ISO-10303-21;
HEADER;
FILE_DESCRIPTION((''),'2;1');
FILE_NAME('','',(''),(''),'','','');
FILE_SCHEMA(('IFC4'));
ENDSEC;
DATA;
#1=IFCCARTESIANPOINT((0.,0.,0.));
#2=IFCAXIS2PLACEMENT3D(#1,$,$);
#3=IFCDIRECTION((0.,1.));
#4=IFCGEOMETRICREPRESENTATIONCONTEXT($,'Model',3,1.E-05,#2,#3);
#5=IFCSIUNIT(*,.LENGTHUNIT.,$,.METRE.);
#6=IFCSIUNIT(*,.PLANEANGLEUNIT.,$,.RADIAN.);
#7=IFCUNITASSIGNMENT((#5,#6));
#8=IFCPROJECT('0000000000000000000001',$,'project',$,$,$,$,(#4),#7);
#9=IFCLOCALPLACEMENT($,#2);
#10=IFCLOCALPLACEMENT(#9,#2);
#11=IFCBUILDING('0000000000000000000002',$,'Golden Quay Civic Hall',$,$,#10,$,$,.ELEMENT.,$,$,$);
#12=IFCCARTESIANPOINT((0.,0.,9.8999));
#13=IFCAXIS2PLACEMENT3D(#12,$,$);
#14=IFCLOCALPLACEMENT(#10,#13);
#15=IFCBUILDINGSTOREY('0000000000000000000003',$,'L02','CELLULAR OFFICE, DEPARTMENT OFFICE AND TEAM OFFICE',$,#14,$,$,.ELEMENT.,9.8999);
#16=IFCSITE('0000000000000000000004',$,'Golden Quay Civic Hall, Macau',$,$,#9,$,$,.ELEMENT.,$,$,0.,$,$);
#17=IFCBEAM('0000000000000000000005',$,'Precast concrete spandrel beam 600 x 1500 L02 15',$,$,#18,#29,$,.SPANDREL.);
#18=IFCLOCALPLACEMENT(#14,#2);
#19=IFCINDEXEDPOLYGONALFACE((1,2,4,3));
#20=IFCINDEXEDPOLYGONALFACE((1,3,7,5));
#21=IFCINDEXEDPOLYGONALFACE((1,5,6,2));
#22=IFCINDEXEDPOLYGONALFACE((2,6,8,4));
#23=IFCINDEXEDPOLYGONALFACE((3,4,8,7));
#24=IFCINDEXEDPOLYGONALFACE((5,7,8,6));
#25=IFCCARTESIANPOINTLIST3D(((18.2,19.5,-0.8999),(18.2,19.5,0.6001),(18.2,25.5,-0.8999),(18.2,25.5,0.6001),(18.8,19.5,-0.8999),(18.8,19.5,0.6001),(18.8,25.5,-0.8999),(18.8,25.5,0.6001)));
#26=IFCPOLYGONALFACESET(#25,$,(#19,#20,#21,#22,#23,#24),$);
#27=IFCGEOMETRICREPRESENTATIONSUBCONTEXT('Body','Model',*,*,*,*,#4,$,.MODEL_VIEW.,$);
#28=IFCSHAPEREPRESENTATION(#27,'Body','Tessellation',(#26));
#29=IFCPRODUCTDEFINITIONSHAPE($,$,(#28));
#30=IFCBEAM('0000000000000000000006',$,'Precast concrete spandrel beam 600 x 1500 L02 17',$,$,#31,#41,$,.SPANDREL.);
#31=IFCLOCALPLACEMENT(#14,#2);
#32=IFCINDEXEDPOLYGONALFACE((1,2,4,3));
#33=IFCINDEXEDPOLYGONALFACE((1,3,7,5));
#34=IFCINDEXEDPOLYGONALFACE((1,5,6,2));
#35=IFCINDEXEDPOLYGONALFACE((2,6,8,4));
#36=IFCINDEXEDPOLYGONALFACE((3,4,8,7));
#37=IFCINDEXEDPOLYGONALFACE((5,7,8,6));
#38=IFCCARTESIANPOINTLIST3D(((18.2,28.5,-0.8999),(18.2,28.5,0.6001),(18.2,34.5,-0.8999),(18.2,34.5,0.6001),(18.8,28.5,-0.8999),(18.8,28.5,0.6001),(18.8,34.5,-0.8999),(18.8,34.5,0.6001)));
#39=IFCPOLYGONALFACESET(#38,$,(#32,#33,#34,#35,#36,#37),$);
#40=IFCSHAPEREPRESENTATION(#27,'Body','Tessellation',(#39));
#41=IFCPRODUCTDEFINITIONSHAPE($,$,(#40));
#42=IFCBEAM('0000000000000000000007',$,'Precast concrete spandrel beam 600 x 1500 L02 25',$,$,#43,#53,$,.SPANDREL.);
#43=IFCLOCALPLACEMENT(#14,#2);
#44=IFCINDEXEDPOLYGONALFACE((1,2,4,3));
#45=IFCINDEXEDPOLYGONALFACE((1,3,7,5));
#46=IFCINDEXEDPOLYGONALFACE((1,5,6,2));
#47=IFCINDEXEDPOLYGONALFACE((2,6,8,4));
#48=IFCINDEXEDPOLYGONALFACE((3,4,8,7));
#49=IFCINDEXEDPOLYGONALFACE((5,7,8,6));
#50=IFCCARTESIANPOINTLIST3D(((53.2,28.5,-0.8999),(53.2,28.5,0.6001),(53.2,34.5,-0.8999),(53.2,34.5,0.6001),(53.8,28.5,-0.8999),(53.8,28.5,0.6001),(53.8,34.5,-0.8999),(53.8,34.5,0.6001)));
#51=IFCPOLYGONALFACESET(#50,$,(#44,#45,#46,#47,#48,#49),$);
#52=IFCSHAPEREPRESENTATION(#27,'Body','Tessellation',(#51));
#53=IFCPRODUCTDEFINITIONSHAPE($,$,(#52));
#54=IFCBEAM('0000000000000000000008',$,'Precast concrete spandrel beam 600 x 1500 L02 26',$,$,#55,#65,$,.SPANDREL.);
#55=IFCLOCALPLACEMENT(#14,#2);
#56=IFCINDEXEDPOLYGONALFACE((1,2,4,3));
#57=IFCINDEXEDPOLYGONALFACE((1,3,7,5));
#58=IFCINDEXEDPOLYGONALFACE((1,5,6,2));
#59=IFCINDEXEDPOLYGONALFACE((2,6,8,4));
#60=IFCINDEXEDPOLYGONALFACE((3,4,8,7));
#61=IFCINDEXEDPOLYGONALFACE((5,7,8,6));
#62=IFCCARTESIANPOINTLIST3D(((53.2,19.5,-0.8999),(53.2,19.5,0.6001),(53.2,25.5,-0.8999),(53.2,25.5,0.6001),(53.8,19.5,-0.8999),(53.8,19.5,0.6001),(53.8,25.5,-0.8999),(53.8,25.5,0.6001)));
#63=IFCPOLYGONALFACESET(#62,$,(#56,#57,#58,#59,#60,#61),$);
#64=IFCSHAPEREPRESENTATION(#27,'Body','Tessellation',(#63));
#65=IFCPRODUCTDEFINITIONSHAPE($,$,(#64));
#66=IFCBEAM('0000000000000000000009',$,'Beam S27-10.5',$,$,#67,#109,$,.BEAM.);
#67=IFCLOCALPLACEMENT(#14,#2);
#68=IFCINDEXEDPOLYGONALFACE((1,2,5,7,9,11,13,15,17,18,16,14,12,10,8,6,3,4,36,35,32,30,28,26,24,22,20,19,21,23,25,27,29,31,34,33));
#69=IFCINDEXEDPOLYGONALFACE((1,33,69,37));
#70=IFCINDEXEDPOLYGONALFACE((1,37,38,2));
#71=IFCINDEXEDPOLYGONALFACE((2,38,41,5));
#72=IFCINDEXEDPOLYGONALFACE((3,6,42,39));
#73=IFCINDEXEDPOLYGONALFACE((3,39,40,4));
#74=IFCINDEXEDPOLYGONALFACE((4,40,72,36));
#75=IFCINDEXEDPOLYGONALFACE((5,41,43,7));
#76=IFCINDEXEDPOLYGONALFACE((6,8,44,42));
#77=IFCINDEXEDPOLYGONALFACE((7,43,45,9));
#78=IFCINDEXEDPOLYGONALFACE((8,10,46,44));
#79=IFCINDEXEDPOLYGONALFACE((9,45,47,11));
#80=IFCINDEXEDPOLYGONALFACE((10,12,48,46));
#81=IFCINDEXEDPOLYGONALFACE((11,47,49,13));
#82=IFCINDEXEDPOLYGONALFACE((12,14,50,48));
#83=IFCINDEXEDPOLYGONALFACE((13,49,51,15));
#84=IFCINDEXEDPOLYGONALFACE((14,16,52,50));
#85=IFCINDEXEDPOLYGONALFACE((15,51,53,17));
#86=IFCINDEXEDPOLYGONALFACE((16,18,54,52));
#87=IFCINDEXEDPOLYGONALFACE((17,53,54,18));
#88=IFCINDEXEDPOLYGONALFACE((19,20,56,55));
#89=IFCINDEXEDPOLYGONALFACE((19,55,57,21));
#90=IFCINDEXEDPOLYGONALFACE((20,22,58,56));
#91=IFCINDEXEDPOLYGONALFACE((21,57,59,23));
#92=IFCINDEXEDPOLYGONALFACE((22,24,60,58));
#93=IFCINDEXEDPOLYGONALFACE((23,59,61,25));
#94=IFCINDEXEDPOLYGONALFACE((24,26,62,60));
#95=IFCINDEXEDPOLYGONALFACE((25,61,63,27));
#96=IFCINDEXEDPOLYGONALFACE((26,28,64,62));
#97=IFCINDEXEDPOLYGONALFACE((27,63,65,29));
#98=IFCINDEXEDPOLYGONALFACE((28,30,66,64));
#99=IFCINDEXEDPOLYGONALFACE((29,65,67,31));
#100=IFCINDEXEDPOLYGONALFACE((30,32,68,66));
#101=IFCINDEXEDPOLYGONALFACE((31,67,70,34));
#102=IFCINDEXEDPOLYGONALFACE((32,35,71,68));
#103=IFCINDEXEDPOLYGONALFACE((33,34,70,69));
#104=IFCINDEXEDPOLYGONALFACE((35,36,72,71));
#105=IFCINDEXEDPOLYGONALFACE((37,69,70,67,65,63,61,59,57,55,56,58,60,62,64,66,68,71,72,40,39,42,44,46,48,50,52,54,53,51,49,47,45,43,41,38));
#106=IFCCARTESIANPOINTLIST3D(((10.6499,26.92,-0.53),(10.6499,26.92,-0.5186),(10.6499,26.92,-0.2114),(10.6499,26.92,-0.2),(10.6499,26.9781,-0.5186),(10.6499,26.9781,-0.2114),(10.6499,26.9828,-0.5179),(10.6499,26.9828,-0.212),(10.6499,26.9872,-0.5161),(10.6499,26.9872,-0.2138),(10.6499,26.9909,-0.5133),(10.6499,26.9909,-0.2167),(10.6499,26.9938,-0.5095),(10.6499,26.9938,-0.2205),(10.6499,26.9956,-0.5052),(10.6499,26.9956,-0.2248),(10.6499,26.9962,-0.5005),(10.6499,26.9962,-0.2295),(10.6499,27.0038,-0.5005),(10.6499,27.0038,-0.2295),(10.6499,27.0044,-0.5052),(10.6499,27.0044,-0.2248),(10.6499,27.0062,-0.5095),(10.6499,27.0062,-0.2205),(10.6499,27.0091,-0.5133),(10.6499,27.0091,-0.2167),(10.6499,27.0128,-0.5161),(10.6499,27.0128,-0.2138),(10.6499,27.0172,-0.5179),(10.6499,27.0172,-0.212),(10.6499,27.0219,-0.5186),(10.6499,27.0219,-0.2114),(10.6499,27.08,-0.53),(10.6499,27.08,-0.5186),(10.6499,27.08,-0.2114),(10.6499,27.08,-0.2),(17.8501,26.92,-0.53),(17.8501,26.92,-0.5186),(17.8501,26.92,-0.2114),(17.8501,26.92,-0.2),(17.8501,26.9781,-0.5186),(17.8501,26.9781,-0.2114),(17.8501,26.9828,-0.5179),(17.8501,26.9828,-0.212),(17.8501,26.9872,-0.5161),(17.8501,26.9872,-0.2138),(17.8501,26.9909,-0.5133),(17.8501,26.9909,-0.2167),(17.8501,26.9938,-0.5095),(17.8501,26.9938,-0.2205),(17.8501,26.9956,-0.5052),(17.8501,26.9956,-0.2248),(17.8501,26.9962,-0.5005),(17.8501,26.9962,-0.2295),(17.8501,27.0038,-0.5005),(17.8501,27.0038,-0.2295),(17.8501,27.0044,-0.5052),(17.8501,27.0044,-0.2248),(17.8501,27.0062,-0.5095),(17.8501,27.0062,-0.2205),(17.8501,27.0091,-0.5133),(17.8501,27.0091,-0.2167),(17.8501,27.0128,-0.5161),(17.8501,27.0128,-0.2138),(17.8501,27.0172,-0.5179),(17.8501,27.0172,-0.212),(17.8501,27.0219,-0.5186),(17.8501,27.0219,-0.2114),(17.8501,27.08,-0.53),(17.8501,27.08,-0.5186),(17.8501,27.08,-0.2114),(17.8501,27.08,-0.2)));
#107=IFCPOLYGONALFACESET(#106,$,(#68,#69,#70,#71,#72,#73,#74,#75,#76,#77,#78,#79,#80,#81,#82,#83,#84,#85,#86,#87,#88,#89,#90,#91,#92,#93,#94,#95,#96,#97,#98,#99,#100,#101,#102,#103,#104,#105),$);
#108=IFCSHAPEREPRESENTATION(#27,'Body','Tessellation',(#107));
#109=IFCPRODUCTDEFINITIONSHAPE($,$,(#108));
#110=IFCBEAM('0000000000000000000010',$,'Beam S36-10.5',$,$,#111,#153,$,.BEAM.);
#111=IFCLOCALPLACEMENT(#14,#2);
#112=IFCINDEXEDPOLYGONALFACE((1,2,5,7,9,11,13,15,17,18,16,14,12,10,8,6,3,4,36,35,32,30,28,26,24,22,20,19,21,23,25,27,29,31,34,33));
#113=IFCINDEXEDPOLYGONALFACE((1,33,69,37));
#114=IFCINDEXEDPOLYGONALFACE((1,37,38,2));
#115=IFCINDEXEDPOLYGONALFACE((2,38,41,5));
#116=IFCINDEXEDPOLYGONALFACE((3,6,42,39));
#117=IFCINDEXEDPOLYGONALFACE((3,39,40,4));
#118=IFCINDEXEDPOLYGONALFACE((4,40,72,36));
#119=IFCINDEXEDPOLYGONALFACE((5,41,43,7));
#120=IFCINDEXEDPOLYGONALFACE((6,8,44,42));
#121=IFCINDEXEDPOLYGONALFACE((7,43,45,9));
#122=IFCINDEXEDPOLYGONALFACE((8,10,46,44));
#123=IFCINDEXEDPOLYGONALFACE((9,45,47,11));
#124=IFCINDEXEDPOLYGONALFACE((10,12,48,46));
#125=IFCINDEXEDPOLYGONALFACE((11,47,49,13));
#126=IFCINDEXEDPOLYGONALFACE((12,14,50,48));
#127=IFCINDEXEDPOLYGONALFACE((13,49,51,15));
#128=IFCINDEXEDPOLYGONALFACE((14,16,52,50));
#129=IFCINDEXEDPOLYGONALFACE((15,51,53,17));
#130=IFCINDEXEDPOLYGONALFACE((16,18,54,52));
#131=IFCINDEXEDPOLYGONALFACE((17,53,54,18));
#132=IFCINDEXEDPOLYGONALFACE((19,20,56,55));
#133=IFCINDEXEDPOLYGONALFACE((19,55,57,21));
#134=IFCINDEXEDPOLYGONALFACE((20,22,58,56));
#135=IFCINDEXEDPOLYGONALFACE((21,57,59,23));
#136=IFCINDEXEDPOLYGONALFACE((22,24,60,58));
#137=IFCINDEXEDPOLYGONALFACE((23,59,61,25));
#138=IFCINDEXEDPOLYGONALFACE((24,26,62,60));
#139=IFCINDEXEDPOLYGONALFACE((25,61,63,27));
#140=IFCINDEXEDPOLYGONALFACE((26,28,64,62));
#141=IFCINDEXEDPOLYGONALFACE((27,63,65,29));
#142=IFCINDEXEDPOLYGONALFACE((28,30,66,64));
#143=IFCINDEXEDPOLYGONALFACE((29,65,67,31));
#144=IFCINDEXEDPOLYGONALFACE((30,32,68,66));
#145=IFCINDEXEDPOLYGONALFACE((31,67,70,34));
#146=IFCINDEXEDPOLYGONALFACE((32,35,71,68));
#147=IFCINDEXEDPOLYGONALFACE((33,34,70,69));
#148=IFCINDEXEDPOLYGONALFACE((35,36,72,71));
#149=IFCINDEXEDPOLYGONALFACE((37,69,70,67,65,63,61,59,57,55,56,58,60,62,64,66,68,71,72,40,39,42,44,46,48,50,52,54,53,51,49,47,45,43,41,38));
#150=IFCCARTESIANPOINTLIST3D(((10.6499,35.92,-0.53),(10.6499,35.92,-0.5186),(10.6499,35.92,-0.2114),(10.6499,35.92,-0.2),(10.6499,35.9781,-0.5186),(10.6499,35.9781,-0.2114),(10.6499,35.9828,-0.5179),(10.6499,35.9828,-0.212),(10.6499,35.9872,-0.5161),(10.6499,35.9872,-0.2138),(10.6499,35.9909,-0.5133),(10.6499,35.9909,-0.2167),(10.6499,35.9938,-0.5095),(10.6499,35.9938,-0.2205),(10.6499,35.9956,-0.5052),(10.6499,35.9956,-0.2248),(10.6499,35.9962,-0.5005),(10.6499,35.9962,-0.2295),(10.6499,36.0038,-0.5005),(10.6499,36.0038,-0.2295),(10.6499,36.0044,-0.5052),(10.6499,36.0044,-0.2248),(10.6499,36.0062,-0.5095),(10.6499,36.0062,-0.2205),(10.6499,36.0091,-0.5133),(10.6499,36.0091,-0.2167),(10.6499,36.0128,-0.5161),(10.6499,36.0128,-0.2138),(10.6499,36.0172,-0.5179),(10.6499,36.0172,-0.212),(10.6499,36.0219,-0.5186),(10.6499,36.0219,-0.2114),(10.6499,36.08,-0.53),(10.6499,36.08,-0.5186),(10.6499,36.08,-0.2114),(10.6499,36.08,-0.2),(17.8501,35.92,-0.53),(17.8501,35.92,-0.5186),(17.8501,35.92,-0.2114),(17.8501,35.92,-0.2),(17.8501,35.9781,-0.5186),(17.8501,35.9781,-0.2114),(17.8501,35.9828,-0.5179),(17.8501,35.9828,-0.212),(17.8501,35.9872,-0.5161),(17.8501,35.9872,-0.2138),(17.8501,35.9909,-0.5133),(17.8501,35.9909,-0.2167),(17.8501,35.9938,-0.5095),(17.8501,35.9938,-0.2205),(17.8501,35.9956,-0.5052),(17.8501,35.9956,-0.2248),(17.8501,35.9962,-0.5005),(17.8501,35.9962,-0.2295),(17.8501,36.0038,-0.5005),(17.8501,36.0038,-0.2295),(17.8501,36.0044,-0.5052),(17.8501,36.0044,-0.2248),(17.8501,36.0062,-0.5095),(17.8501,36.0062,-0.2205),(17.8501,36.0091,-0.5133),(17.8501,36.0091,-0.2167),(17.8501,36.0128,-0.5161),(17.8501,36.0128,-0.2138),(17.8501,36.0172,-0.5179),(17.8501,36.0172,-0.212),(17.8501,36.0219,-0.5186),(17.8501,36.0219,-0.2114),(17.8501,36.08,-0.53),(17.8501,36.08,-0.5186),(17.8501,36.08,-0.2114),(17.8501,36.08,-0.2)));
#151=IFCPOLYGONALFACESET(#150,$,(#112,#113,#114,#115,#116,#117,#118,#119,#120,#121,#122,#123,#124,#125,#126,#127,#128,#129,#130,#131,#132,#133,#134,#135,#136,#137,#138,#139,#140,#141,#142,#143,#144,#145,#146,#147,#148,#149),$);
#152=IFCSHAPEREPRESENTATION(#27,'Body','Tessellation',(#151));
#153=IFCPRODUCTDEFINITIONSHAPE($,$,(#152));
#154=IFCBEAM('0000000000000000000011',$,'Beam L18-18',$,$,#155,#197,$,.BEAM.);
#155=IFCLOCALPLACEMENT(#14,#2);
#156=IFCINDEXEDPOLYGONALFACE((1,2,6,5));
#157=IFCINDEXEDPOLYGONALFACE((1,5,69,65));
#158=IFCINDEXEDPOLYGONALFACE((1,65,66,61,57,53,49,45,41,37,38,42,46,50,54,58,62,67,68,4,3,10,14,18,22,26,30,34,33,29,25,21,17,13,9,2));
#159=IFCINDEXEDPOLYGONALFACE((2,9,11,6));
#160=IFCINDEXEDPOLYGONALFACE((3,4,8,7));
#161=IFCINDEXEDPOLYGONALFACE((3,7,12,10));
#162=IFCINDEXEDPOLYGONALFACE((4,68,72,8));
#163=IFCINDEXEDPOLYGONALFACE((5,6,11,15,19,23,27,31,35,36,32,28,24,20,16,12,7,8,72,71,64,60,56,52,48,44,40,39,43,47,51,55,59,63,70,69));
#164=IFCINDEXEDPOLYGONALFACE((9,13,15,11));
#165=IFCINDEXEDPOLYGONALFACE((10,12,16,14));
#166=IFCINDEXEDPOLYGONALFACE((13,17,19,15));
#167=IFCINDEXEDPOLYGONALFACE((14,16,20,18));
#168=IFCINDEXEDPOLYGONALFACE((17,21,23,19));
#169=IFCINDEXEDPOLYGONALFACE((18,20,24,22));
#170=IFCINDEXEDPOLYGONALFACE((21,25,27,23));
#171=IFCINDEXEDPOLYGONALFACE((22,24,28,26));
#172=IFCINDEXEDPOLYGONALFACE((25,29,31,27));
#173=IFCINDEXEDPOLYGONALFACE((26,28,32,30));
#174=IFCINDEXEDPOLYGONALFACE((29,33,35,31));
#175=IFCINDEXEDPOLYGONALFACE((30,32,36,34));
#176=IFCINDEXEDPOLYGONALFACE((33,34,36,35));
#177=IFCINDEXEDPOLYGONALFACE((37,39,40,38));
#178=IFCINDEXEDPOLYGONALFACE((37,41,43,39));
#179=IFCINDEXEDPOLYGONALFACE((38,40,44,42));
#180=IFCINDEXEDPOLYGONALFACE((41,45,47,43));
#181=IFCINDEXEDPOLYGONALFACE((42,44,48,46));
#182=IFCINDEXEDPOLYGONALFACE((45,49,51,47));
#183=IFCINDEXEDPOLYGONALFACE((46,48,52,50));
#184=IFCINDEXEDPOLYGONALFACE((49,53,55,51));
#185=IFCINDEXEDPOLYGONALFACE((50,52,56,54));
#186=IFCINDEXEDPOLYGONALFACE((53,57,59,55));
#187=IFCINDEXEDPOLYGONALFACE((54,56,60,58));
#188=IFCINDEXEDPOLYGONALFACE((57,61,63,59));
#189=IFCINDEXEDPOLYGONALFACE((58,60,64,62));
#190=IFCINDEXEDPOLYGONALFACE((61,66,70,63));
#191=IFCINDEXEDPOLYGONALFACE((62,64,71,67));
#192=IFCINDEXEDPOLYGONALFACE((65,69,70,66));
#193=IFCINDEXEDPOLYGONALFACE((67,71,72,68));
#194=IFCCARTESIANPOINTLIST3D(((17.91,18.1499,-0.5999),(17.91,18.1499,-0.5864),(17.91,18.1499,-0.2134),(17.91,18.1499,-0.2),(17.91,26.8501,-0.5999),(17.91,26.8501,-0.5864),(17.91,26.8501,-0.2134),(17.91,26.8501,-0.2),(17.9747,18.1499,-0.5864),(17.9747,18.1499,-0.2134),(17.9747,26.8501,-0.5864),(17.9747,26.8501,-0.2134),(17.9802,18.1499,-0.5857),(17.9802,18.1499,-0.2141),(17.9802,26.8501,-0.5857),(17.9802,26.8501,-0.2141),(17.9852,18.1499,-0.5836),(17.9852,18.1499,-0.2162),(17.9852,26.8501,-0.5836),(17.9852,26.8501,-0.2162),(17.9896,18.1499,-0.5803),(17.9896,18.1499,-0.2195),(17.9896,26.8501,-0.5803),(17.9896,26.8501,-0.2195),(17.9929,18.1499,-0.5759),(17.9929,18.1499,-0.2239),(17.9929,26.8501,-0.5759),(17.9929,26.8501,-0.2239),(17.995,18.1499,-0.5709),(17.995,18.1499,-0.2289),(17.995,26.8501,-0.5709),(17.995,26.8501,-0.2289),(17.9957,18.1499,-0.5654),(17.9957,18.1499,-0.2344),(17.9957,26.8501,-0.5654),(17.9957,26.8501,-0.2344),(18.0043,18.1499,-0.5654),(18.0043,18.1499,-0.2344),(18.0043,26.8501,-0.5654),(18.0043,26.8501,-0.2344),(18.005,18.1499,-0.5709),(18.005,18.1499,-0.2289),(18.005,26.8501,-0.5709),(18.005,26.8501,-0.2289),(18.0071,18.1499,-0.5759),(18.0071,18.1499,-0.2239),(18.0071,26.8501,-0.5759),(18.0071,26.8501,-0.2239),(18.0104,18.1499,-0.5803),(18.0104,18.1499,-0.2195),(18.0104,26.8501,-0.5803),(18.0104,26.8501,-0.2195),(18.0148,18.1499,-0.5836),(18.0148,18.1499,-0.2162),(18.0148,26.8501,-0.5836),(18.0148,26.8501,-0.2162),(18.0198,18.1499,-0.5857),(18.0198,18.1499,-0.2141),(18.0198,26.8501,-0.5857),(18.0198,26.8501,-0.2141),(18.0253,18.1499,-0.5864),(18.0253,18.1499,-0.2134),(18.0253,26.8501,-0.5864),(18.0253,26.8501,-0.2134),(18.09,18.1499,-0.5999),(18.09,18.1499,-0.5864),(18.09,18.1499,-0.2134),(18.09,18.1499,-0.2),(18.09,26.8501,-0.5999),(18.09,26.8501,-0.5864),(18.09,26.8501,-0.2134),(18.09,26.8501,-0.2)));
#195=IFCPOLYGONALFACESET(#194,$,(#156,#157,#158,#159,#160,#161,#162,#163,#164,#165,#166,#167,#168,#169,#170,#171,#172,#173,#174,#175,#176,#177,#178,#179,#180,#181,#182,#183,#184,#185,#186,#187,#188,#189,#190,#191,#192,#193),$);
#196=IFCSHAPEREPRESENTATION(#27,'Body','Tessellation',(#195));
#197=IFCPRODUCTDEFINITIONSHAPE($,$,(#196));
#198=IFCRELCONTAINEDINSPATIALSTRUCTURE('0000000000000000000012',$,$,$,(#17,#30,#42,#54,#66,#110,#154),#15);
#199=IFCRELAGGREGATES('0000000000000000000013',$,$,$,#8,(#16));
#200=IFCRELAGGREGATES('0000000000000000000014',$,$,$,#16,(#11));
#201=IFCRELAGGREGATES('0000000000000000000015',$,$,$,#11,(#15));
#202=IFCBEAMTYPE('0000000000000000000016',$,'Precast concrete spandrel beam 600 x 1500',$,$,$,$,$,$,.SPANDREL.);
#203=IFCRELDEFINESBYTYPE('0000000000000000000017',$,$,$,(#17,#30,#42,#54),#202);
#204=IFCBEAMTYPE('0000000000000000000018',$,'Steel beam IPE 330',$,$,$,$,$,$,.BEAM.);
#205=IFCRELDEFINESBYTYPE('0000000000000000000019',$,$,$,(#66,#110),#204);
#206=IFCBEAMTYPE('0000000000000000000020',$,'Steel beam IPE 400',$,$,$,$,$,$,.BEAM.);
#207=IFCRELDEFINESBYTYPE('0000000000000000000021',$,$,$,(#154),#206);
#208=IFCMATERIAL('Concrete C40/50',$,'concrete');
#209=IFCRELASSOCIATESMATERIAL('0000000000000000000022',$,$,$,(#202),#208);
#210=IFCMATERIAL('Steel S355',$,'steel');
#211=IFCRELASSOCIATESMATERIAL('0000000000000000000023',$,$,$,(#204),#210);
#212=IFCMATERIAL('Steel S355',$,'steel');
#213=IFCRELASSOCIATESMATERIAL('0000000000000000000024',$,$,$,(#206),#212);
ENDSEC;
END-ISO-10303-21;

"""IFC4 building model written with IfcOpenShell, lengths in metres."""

from ifc_helpers import new_model, si_unit, direction, frame, origin, origin_2d, place, context, subcontext, project, spatial, rectangle, i_section, extrude, material, material_profile, profile_set, type_object, element, save


model = new_model("IFC4")

# Units and contexts
model_context = context("Model", 3, precision=1e-05, world=origin(), true_north=direction((0.0, 1.0)))
body_context = subcontext(model_context, "Body", "Model", "MODEL_VIEW")
ifc_project = project(units=[si_unit("LENGTHUNIT", "METRE"), si_unit("PLANEANGLEUNIT", "RADIAN")], contexts=[model_context])

# Site, building, storey
site_placement = place(None, origin())
site = spatial("IfcSite", under=ifc_project, at=site_placement, Name="Golden Quay Civic Hall, Macau", CompositionType="ELEMENT", RefElevation=0.0)
building_placement = place(site_placement, origin())
building = spatial("IfcBuilding", under=site, at=building_placement, Name="Golden Quay Civic Hall", CompositionType="ELEMENT")
storey_placement = place(building_placement, frame((0.0, 0.0, 9.8999)))
storey = spatial("IfcBuildingStorey", under=building, at=storey_placement, Name="L02", Description="CELLULAR OFFICE, DEPARTMENT OFFICE AND TEAM OFFICE", CompositionType="ELEMENT", Elevation=9.8999)

# Beams
ifc_material_1 = material(Name="Concrete C40/50", Category="concrete")
ifc_material_profile_1 = material_profile(ifc_material_1, rectangle(XDim=0.6001, YDim=1.5, at=origin_2d()), Name="RC 600x1500")
ifc_profile_set_1 = profile_set([ifc_material_profile_1], Name="Concrete C40/50")
beam_type_1 = type_object("IfcBeamType", Name="Precast concrete spandrel beam 600 x 1500", PredefinedType="SPANDREL", material=ifc_profile_set_1)
for number, where, z_axis, x_axis, name in (
    (1, (18.5, 19.5, -0.1499), (0.0, 1.0, 0.0), (-1.0, 0.0, 0.0), "Precast concrete spandrel beam 600 x 1500 L02 15"),
    (2, (18.5, 28.5, -0.1499), (0.0, 1.0, 0.0), (-1.0, 0.0, 0.0), "Precast concrete spandrel beam 600 x 1500 L02 17"),
    (3, (53.5, 28.5, -0.1499), (0.0, 1.0, 0.0), (-1.0, 0.0, 0.0), "Precast concrete spandrel beam 600 x 1500 L02 25"),
    (4, (53.5, 19.5, -0.1499), (0.0, 1.0, 0.0), (-1.0, 0.0, 0.0), "Precast concrete spandrel beam 600 x 1500 L02 26"),
):
    element("IfcBeam", number, at=place(storey_placement, frame(where, z_axis=z_axis, x_axis=x_axis)), inside=storey, type_object=beam_type_1, Name=name, PredefinedType="SPANDREL", context=body_context, shape_type="SweptSolid", body=[
        extrude(rectangle(XDim=0.6001, YDim=1.5, at=origin_2d()), origin(), (0.0, 0.0, 1.0), 6.0),
    ])
ifc_material_2 = material(Name="Steel S355", Category="steel")
ifc_material_profile_2 = material_profile(ifc_material_2, i_section(OverallWidth=0.1599, OverallDepth=0.3301, WebThickness=0.0076, FlangeThickness=0.0115, FilletRadius=0.0181, at=origin_2d()), Name="IPE 330")
ifc_profile_set_2 = profile_set([ifc_material_profile_2], Name="Steel S355")
beam_type_2 = type_object("IfcBeamType", Name="Steel beam IPE 330", PredefinedType="BEAM", material=ifc_profile_set_2)
for number, where, z_axis, x_axis, name in (
    (5, (10.6499, 27.0, -0.365), (1.0, 0.0, 0.0), (0.0, 1.0, 0.0), "Beam S27-10.5"),
    (6, (10.6499, 36.0, -0.365), (1.0, 0.0, 0.0), (0.0, 1.0, 0.0), "Beam S36-10.5"),
):
    element("IfcBeam", number, at=place(storey_placement, frame(where, z_axis=z_axis, x_axis=x_axis)), inside=storey, type_object=beam_type_2, Name=name, PredefinedType="BEAM", context=body_context, shape_type="SweptSolid", body=[
        extrude(i_section(OverallWidth=0.1599, OverallDepth=0.3301, WebThickness=0.0076, FlangeThickness=0.0115, FilletRadius=0.0181, at=origin_2d()), origin(), (0.0, 0.0, 1.0), 7.2002),
    ])
ifc_material_3 = material(Name="Steel S355", Category="steel")
ifc_material_profile_3 = material_profile(ifc_material_3, i_section(OverallWidth=0.1799, OverallDepth=0.3999, WebThickness=0.0085, FlangeThickness=0.0134, FilletRadius=0.021, at=origin_2d()), Name="IPE 400")
ifc_profile_set_3 = profile_set([ifc_material_profile_3], Name="Steel S355")
beam_type_3 = type_object("IfcBeamType", Name="Steel beam IPE 400", PredefinedType="BEAM", material=ifc_profile_set_3)
for number, where, z_axis, x_axis, name in (
    (7, (18.0, 18.1499, -0.3999), (0.0, 1.0, 0.0), (-1.0, 0.0, 0.0), "Beam L18-18"),
):
    element("IfcBeam", number, at=place(storey_placement, frame(where, z_axis=z_axis, x_axis=x_axis)), inside=storey, type_object=beam_type_3, Name=name, PredefinedType="BEAM", context=body_context, shape_type="SweptSolid", body=[
        extrude(i_section(OverallWidth=0.1799, OverallDepth=0.3999, WebThickness=0.0085, FlangeThickness=0.0134, FilletRadius=0.021, at=origin_2d()), origin(), (0.0, 0.0, 1.0), 8.7002),
    ])

save(model, "model.ifc")
